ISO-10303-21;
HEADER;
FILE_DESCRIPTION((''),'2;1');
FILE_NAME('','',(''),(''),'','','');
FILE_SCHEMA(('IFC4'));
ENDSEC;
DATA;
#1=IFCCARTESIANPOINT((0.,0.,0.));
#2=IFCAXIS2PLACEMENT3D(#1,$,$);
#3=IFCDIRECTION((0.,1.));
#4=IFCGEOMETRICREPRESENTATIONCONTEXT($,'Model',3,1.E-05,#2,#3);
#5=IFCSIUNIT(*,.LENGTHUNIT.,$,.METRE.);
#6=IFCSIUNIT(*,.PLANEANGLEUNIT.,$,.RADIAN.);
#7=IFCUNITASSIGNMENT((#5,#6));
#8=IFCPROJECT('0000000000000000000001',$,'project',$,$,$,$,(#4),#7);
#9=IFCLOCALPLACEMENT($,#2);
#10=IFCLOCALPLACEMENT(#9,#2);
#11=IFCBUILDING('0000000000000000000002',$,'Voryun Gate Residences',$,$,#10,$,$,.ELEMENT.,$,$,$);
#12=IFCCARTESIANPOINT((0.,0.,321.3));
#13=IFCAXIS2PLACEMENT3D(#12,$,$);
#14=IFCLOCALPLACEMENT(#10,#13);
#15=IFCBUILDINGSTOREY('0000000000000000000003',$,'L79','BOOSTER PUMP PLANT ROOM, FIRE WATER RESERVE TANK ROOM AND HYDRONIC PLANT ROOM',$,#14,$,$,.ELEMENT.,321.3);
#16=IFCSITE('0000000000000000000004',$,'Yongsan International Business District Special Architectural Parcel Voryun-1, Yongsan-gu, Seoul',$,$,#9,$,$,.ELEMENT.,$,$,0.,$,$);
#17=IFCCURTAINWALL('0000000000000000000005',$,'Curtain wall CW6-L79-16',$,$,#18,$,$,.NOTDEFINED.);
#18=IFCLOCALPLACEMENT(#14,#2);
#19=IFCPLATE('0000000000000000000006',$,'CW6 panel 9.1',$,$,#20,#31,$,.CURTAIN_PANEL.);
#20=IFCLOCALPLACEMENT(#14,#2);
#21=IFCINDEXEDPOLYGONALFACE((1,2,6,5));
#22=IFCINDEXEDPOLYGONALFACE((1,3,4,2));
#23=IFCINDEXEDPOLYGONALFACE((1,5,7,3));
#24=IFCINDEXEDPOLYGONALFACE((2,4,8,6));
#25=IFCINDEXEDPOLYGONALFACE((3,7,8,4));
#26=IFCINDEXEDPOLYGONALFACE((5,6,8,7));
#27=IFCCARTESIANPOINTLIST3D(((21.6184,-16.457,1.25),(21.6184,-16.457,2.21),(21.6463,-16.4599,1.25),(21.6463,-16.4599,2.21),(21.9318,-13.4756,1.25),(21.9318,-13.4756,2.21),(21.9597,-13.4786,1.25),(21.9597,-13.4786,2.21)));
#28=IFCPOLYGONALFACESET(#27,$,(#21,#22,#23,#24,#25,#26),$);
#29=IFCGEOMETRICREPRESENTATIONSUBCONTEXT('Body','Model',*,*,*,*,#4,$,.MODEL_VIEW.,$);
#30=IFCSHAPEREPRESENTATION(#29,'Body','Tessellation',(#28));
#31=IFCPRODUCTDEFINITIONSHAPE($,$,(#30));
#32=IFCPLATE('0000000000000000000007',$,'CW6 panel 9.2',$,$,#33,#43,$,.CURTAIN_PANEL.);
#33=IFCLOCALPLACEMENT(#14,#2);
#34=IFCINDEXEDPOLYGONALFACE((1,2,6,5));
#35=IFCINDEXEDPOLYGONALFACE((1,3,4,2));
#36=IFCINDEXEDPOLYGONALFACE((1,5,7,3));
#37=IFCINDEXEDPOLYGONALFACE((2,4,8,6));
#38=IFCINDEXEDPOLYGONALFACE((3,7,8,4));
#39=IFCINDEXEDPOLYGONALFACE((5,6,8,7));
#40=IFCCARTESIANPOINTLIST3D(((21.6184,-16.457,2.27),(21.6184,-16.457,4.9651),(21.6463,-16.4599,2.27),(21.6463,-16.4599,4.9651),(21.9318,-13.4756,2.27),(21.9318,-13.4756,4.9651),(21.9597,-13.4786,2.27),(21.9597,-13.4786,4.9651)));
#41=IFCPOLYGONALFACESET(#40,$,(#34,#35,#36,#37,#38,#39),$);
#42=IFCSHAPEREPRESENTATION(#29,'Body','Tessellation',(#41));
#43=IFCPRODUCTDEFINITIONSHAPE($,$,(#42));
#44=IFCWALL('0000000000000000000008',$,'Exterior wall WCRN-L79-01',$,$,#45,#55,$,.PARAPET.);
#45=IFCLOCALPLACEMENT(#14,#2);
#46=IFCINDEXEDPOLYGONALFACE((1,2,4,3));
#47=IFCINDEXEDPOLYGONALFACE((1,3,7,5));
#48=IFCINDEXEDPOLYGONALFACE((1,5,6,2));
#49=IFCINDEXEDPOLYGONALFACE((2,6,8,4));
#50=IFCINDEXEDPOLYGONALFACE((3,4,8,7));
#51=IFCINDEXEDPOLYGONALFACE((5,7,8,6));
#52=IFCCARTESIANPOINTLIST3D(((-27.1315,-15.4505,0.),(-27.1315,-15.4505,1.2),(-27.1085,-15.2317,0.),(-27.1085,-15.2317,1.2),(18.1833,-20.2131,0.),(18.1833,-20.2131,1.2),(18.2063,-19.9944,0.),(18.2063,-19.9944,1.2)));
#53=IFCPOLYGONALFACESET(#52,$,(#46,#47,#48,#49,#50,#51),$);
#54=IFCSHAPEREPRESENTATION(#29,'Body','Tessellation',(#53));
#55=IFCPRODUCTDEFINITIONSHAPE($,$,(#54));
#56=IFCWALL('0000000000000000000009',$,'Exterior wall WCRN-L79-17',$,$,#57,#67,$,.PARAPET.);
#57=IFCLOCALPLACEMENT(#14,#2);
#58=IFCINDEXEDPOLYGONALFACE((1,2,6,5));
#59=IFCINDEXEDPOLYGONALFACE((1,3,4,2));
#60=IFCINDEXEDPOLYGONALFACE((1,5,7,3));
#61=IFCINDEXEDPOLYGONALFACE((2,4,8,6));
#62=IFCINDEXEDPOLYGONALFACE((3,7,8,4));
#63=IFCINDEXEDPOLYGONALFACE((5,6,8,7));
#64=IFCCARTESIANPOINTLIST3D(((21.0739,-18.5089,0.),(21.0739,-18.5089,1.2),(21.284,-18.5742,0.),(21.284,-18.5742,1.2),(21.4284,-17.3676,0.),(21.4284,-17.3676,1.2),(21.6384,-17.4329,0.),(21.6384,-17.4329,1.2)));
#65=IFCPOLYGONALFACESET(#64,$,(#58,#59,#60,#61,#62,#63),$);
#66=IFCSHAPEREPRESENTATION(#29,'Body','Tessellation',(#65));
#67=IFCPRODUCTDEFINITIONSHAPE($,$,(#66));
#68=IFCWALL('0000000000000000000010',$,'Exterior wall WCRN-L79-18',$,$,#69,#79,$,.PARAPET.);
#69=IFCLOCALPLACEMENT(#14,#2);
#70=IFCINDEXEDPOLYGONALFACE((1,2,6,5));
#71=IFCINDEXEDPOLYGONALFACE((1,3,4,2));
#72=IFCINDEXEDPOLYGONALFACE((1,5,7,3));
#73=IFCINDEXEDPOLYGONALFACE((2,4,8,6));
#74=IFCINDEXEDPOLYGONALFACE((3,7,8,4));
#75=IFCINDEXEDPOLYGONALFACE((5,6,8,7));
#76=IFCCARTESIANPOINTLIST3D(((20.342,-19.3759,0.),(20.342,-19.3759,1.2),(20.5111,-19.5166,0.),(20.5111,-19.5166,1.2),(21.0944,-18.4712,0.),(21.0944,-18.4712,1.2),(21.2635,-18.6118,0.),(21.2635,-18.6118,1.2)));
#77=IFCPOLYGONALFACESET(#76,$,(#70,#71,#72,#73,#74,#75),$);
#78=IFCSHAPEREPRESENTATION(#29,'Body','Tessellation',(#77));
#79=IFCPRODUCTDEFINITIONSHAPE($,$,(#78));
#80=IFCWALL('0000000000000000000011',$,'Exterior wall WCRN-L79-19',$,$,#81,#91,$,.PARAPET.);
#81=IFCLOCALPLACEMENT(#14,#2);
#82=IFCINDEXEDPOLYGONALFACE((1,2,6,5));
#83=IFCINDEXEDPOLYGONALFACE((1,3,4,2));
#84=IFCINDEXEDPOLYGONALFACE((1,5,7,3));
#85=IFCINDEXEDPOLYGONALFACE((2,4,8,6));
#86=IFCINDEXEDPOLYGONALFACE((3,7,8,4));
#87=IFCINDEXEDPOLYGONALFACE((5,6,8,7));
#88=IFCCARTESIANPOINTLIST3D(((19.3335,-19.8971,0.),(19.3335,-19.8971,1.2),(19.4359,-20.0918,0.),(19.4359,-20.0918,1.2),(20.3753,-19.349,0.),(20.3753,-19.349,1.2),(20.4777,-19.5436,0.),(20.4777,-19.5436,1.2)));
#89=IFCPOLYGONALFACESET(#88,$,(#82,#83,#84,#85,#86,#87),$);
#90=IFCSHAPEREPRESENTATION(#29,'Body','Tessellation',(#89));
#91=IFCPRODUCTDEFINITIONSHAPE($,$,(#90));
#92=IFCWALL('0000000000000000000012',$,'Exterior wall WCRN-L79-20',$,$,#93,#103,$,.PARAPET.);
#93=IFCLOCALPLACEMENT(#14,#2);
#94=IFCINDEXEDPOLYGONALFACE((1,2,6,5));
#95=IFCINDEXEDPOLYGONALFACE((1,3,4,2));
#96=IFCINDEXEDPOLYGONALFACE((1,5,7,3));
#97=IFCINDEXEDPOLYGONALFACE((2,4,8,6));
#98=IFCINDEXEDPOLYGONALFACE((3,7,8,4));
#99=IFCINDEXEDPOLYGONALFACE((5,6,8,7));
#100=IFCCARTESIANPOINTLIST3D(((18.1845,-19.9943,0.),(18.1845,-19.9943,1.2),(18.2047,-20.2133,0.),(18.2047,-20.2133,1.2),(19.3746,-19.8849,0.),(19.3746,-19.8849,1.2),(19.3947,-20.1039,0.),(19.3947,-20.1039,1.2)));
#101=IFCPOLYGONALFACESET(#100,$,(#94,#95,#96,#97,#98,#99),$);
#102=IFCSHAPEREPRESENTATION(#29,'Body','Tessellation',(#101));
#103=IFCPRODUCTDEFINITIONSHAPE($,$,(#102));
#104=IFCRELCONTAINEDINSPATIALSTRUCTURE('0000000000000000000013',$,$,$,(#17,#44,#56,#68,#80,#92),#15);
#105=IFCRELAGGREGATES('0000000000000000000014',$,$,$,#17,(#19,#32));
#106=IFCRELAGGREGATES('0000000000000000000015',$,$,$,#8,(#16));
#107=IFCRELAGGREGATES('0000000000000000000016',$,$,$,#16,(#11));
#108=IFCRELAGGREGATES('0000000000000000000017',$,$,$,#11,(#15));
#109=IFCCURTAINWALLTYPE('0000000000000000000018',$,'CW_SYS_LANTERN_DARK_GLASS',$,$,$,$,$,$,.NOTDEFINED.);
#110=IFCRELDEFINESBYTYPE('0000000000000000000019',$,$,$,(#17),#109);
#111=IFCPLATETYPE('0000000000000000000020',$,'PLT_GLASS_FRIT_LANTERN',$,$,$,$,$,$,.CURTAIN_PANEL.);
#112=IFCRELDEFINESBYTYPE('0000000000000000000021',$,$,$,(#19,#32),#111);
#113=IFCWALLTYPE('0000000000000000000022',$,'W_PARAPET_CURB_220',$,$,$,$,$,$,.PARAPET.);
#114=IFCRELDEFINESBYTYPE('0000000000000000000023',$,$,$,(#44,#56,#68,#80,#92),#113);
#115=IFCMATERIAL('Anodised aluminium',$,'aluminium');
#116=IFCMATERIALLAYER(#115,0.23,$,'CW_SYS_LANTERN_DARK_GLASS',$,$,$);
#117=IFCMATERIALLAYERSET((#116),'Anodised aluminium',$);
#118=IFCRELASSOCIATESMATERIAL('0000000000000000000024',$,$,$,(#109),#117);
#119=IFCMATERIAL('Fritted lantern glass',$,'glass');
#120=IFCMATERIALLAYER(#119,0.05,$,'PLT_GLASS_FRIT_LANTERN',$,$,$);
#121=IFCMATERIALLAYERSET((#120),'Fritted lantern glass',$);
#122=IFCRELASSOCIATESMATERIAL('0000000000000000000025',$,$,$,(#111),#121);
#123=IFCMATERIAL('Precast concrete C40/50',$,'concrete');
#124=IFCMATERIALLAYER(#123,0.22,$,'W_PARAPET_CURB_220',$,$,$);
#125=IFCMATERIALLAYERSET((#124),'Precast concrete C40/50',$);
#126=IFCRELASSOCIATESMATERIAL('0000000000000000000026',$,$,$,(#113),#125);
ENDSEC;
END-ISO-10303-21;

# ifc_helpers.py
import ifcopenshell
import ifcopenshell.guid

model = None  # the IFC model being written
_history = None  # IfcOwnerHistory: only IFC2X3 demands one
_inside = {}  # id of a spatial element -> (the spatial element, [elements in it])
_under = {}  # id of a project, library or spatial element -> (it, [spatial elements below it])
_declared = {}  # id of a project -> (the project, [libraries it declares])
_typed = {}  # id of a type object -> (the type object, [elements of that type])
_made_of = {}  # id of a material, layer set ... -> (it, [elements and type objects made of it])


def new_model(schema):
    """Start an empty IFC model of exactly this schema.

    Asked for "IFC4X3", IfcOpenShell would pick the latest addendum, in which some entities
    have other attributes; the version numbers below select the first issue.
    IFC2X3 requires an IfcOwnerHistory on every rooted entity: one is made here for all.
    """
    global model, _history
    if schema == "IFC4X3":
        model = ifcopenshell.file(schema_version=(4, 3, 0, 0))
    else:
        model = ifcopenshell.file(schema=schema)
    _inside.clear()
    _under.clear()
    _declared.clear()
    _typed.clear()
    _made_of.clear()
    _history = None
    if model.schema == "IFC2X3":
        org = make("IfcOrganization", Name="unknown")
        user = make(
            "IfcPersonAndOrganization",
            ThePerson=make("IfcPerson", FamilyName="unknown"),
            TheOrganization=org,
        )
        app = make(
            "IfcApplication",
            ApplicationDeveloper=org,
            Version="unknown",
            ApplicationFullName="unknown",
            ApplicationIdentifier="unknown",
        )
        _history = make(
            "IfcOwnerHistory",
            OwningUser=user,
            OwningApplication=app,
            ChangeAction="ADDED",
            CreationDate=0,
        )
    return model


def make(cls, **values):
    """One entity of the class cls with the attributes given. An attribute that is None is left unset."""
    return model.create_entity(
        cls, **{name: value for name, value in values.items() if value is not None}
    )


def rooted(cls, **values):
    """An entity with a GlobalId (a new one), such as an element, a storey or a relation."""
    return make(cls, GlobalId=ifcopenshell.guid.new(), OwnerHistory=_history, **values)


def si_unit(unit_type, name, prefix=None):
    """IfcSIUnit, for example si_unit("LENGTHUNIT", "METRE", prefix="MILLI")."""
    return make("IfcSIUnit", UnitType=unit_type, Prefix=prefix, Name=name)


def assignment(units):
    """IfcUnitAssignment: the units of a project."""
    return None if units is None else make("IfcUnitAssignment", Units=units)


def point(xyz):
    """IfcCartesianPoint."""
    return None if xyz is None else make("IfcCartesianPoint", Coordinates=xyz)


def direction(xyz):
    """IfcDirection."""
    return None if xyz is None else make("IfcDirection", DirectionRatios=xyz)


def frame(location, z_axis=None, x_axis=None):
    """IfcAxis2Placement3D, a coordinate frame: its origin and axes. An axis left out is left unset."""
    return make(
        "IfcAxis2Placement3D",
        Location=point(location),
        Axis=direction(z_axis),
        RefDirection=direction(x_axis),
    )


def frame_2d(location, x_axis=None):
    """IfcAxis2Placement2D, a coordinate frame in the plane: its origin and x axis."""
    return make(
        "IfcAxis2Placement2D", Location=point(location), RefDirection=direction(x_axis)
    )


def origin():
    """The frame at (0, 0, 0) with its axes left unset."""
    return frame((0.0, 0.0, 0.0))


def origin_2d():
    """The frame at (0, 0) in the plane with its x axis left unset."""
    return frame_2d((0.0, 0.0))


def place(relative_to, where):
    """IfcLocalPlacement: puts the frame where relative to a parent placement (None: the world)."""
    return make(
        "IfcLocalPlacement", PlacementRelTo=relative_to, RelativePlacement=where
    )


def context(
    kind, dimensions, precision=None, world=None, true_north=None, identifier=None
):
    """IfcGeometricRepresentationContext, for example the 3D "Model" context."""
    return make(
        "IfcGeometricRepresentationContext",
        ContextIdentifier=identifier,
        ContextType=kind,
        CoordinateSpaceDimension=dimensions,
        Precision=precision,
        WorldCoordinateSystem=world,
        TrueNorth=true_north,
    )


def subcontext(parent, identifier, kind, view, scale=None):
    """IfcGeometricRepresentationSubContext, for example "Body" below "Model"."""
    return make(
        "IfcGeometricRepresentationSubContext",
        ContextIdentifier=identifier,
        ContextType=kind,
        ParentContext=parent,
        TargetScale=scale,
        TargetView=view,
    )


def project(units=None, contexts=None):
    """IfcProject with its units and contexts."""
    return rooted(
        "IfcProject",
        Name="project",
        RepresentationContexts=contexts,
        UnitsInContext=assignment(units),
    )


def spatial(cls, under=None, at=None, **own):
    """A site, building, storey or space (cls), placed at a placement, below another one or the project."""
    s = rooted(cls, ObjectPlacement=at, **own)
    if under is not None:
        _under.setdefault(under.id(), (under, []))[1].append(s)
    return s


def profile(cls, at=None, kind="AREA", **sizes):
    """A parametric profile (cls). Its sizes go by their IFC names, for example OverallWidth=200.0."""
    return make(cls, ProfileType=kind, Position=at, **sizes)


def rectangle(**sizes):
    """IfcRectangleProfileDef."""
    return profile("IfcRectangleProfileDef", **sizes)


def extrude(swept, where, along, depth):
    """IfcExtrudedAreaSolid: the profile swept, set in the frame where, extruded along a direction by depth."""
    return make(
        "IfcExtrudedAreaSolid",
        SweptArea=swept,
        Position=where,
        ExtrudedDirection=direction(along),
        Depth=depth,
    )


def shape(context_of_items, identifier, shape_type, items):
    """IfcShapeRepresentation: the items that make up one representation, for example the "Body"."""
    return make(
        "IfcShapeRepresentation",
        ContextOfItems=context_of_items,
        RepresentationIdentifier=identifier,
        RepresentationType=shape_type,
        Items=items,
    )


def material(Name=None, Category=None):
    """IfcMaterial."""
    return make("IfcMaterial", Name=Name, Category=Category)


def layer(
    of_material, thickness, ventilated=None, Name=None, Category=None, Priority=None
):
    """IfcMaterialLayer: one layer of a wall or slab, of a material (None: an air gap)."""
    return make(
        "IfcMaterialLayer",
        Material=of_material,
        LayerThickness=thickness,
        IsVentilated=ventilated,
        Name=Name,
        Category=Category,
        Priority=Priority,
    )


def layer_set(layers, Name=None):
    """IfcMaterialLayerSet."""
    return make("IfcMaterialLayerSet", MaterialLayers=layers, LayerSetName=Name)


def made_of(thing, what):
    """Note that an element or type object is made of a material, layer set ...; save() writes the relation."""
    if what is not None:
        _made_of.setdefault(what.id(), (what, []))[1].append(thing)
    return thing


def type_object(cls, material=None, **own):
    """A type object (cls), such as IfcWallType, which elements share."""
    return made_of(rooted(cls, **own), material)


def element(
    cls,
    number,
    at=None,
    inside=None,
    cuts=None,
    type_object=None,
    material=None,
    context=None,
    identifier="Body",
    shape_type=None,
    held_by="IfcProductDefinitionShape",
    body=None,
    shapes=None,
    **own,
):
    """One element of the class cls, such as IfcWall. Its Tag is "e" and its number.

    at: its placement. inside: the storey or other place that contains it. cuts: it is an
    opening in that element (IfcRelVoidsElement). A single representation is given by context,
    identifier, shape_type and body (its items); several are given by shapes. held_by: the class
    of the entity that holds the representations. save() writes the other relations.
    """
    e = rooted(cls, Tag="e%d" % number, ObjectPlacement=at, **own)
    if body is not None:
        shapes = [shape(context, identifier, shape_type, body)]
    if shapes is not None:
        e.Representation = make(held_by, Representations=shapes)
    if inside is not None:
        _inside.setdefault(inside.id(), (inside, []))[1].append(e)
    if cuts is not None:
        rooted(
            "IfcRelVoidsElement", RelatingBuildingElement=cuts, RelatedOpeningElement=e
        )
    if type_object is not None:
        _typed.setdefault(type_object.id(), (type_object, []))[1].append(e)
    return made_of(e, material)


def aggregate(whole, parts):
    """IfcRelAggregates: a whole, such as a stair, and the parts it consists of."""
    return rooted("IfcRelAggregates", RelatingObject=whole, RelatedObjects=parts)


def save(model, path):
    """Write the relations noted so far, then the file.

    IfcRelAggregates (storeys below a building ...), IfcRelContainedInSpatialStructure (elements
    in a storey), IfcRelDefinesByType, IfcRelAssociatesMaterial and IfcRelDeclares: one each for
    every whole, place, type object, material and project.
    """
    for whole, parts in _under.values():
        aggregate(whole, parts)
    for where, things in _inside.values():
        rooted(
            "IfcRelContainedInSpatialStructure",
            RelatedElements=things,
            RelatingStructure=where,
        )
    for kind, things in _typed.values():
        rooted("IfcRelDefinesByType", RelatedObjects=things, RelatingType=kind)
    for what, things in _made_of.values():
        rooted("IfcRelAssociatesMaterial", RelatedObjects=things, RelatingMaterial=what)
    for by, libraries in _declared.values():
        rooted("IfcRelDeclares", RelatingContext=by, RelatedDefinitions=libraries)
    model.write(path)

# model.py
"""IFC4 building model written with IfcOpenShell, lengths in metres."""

from ifc_helpers import new_model, si_unit, direction, frame, frame_2d, origin, origin_2d, place, context, subcontext, project, spatial, rectangle, extrude, material, layer, layer_set, type_object, element, aggregate, save


model = new_model("IFC4")

# Units and contexts
model_context = context("Model", 3, precision=1e-05, world=origin(), true_north=direction((0.0, 1.0)))
body_context = subcontext(model_context, "Body", "Model", "MODEL_VIEW")
ifc_project = project(units=[si_unit("LENGTHUNIT", "METRE"), si_unit("PLANEANGLEUNIT", "RADIAN")], contexts=[model_context])

# Site, building, storey
site_placement = place(None, origin())
site = spatial("IfcSite", under=ifc_project, at=site_placement, Name="Yongsan International Business District Special Architectural Parcel Voryun-1, Yongsan-gu, Seoul", CompositionType="ELEMENT", RefElevation=0.0)
building_placement = place(site_placement, origin())
building = spatial("IfcBuilding", under=site, at=building_placement, Name="Voryun Gate Residences", CompositionType="ELEMENT")
storey_placement = place(building_placement, frame((0.0, 0.0, 321.3)))
storey = spatial("IfcBuildingStorey", under=building, at=storey_placement, Name="L79", Description="BOOSTER PUMP PLANT ROOM, FIRE WATER RESERVE TANK ROOM AND HYDRONIC PLANT ROOM", CompositionType="ELEMENT", Elevation=321.3)

# Shared definitions
ifc_material_1 = material(Name="Anodised aluminium", Category="aluminium")
ifc_layer_1 = layer(ifc_material_1, 0.23, Name="CW_SYS_LANTERN_DARK_GLASS")
ifc_layer_set_1 = layer_set([ifc_layer_1], Name="Anodised aluminium")
curtain_wall_type = type_object("IfcCurtainWallType", Name="CW_SYS_LANTERN_DARK_GLASS", PredefinedType="NOTDEFINED", material=ifc_layer_set_1)

# Curtain wall
curtain_wall_1_placement = place(storey_placement, origin())
curtain_wall_1 = element("IfcCurtainWall", 1, at=curtain_wall_1_placement, inside=storey, type_object=curtain_wall_type, Name="Curtain wall CW6-L79-16", PredefinedType="NOTDEFINED")

# Plates
ifc_material_2 = material(Name="Fritted lantern glass", Category="glass")
ifc_layer_2 = layer(ifc_material_2, 0.05, Name="PLT_GLASS_FRIT_LANTERN")
ifc_layer_set_2 = layer_set([ifc_layer_2], Name="Fritted lantern glass")
plate_type_1 = type_object("IfcPlateType", Name="PLT_GLASS_FRIT_LANTERN", PredefinedType="CURTAIN_PANEL", material=ifc_layer_set_2)
plate_1_placement = place(storey_placement, frame((21.7891, -14.9678, 1.25), z_axis=(0.0, 0.0, 1.0), x_axis=(-0.104528, -0.994522, 0.0)))
plate_1 = element("IfcPlate", 2, at=plate_1_placement, type_object=plate_type_1, Name="CW6 panel 9.1", PredefinedType="CURTAIN_PANEL", context=body_context, shape_type="SweptSolid", body=[
    extrude(rectangle(XDim=2.9978, YDim=0.0281, at=origin_2d()), origin(), (0.0, 0.0, 1.0), 0.96),
])
plate_2_placement = place(storey_placement, frame((21.7891, -14.9678, 2.27), z_axis=(0.0, 0.0, 1.0), x_axis=(-0.104528, -0.994522, 0.0)))
plate_2 = element("IfcPlate", 3, at=plate_2_placement, type_object=plate_type_1, Name="CW6 panel 9.2", PredefinedType="CURTAIN_PANEL", context=body_context, shape_type="SweptSolid", body=[
    extrude(rectangle(XDim=2.9978, YDim=0.0281, at=origin_2d()), origin(), (0.0, 0.0, 1.0), 2.6951),
])
aggregate(curtain_wall_1, [plate_1, plate_2])

# Walls
ifc_material_3 = material(Name="Precast concrete C40/50", Category="concrete")
ifc_layer_3 = layer(ifc_material_3, 0.22, Name="W_PARAPET_CURB_220")
ifc_layer_set_3 = layer_set([ifc_layer_3], Name="Precast concrete C40/50")
wall_type = type_object("IfcWallType", Name="W_PARAPET_CURB_220", PredefinedType="PARAPET", material=ifc_layer_set_3)
wall_1_placement = place(storey_placement, frame((18.1948, -20.1038, 0.0), z_axis=(0.0, 0.0, 1.0), x_axis=(-0.994522, 0.104526, 0.0)))
element("IfcWall", 4, at=wall_1_placement, inside=storey, type_object=wall_type, Name="Exterior wall WCRN-L79-01", PredefinedType="PARAPET", context=body_context, shape_type="SweptSolid", body=[
    extrude(rectangle(XDim=45.5645, YDim=0.22, at=frame_2d((22.7822, 0.0))), origin(), (0.0, 0.0, 1.0), 1.2),
])
wall_2_placement = place(storey_placement, frame((21.5334, -17.4001, 0.0), z_axis=(0.0, 0.0, 1.0), x_axis=(-0.296611, -0.954998, 0.0)))
element("IfcWall", 5, at=wall_2_placement, inside=storey, type_object=wall_type, Name="Exterior wall WCRN-L79-17", PredefinedType="PARAPET", context=body_context, shape_type="SweptSolid", body=[
    extrude(rectangle(XDim=1.1951, YDim=0.22, at=frame_2d((0.5977, 0.0))), origin(), (0.0, 0.0, 1.0), 1.2),
])
wall_3_placement = place(storey_placement, frame((21.179, -18.5415, 0.0), z_axis=(0.0, 0.0, 1.0), x_axis=(-0.639409, -0.768867, 0.0)))
element("IfcWall", 6, at=wall_3_placement, inside=storey, type_object=wall_type, Name="Exterior wall WCRN-L79-18", PredefinedType="PARAPET", context=body_context, shape_type="SweptSolid", body=[
    extrude(rectangle(XDim=1.1768, YDim=0.22, at=frame_2d((0.5884, 0.0))), origin(), (0.0, 0.0, 1.0), 1.2),
])
wall_4_placement = place(storey_placement, frame((20.4265, -19.4463, 0.0), z_axis=(0.0, 0.0, 1.0), x_axis=(-0.884986, -0.465618, 0.0)))
element("IfcWall", 7, at=wall_4_placement, inside=storey, type_object=wall_type, Name="Exterior wall WCRN-L79-19", PredefinedType="PARAPET", context=body_context, shape_type="SweptSolid", body=[
    extrude(rectangle(XDim=1.1772, YDim=0.22, at=frame_2d((0.5886, 0.0))), origin(), (0.0, 0.0, 1.0), 1.2),
])
wall_5_placement = place(storey_placement, frame((19.3848, -19.9944, 0.0), z_axis=(0.0, 0.0, 1.0), x_axis=(-0.995802, -0.09153, 0.0)))
element("IfcWall", 8, at=wall_5_placement, inside=storey, type_object=wall_type, Name="Exterior wall WCRN-L79-20", PredefinedType="PARAPET", context=body_context, shape_type="SweptSolid", body=[
    extrude(rectangle(XDim=1.1951, YDim=0.22, at=frame_2d((0.5977, 0.0))), origin(), (0.0, 0.0, 1.0), 1.2),
])

save(model, "model.ifc")
